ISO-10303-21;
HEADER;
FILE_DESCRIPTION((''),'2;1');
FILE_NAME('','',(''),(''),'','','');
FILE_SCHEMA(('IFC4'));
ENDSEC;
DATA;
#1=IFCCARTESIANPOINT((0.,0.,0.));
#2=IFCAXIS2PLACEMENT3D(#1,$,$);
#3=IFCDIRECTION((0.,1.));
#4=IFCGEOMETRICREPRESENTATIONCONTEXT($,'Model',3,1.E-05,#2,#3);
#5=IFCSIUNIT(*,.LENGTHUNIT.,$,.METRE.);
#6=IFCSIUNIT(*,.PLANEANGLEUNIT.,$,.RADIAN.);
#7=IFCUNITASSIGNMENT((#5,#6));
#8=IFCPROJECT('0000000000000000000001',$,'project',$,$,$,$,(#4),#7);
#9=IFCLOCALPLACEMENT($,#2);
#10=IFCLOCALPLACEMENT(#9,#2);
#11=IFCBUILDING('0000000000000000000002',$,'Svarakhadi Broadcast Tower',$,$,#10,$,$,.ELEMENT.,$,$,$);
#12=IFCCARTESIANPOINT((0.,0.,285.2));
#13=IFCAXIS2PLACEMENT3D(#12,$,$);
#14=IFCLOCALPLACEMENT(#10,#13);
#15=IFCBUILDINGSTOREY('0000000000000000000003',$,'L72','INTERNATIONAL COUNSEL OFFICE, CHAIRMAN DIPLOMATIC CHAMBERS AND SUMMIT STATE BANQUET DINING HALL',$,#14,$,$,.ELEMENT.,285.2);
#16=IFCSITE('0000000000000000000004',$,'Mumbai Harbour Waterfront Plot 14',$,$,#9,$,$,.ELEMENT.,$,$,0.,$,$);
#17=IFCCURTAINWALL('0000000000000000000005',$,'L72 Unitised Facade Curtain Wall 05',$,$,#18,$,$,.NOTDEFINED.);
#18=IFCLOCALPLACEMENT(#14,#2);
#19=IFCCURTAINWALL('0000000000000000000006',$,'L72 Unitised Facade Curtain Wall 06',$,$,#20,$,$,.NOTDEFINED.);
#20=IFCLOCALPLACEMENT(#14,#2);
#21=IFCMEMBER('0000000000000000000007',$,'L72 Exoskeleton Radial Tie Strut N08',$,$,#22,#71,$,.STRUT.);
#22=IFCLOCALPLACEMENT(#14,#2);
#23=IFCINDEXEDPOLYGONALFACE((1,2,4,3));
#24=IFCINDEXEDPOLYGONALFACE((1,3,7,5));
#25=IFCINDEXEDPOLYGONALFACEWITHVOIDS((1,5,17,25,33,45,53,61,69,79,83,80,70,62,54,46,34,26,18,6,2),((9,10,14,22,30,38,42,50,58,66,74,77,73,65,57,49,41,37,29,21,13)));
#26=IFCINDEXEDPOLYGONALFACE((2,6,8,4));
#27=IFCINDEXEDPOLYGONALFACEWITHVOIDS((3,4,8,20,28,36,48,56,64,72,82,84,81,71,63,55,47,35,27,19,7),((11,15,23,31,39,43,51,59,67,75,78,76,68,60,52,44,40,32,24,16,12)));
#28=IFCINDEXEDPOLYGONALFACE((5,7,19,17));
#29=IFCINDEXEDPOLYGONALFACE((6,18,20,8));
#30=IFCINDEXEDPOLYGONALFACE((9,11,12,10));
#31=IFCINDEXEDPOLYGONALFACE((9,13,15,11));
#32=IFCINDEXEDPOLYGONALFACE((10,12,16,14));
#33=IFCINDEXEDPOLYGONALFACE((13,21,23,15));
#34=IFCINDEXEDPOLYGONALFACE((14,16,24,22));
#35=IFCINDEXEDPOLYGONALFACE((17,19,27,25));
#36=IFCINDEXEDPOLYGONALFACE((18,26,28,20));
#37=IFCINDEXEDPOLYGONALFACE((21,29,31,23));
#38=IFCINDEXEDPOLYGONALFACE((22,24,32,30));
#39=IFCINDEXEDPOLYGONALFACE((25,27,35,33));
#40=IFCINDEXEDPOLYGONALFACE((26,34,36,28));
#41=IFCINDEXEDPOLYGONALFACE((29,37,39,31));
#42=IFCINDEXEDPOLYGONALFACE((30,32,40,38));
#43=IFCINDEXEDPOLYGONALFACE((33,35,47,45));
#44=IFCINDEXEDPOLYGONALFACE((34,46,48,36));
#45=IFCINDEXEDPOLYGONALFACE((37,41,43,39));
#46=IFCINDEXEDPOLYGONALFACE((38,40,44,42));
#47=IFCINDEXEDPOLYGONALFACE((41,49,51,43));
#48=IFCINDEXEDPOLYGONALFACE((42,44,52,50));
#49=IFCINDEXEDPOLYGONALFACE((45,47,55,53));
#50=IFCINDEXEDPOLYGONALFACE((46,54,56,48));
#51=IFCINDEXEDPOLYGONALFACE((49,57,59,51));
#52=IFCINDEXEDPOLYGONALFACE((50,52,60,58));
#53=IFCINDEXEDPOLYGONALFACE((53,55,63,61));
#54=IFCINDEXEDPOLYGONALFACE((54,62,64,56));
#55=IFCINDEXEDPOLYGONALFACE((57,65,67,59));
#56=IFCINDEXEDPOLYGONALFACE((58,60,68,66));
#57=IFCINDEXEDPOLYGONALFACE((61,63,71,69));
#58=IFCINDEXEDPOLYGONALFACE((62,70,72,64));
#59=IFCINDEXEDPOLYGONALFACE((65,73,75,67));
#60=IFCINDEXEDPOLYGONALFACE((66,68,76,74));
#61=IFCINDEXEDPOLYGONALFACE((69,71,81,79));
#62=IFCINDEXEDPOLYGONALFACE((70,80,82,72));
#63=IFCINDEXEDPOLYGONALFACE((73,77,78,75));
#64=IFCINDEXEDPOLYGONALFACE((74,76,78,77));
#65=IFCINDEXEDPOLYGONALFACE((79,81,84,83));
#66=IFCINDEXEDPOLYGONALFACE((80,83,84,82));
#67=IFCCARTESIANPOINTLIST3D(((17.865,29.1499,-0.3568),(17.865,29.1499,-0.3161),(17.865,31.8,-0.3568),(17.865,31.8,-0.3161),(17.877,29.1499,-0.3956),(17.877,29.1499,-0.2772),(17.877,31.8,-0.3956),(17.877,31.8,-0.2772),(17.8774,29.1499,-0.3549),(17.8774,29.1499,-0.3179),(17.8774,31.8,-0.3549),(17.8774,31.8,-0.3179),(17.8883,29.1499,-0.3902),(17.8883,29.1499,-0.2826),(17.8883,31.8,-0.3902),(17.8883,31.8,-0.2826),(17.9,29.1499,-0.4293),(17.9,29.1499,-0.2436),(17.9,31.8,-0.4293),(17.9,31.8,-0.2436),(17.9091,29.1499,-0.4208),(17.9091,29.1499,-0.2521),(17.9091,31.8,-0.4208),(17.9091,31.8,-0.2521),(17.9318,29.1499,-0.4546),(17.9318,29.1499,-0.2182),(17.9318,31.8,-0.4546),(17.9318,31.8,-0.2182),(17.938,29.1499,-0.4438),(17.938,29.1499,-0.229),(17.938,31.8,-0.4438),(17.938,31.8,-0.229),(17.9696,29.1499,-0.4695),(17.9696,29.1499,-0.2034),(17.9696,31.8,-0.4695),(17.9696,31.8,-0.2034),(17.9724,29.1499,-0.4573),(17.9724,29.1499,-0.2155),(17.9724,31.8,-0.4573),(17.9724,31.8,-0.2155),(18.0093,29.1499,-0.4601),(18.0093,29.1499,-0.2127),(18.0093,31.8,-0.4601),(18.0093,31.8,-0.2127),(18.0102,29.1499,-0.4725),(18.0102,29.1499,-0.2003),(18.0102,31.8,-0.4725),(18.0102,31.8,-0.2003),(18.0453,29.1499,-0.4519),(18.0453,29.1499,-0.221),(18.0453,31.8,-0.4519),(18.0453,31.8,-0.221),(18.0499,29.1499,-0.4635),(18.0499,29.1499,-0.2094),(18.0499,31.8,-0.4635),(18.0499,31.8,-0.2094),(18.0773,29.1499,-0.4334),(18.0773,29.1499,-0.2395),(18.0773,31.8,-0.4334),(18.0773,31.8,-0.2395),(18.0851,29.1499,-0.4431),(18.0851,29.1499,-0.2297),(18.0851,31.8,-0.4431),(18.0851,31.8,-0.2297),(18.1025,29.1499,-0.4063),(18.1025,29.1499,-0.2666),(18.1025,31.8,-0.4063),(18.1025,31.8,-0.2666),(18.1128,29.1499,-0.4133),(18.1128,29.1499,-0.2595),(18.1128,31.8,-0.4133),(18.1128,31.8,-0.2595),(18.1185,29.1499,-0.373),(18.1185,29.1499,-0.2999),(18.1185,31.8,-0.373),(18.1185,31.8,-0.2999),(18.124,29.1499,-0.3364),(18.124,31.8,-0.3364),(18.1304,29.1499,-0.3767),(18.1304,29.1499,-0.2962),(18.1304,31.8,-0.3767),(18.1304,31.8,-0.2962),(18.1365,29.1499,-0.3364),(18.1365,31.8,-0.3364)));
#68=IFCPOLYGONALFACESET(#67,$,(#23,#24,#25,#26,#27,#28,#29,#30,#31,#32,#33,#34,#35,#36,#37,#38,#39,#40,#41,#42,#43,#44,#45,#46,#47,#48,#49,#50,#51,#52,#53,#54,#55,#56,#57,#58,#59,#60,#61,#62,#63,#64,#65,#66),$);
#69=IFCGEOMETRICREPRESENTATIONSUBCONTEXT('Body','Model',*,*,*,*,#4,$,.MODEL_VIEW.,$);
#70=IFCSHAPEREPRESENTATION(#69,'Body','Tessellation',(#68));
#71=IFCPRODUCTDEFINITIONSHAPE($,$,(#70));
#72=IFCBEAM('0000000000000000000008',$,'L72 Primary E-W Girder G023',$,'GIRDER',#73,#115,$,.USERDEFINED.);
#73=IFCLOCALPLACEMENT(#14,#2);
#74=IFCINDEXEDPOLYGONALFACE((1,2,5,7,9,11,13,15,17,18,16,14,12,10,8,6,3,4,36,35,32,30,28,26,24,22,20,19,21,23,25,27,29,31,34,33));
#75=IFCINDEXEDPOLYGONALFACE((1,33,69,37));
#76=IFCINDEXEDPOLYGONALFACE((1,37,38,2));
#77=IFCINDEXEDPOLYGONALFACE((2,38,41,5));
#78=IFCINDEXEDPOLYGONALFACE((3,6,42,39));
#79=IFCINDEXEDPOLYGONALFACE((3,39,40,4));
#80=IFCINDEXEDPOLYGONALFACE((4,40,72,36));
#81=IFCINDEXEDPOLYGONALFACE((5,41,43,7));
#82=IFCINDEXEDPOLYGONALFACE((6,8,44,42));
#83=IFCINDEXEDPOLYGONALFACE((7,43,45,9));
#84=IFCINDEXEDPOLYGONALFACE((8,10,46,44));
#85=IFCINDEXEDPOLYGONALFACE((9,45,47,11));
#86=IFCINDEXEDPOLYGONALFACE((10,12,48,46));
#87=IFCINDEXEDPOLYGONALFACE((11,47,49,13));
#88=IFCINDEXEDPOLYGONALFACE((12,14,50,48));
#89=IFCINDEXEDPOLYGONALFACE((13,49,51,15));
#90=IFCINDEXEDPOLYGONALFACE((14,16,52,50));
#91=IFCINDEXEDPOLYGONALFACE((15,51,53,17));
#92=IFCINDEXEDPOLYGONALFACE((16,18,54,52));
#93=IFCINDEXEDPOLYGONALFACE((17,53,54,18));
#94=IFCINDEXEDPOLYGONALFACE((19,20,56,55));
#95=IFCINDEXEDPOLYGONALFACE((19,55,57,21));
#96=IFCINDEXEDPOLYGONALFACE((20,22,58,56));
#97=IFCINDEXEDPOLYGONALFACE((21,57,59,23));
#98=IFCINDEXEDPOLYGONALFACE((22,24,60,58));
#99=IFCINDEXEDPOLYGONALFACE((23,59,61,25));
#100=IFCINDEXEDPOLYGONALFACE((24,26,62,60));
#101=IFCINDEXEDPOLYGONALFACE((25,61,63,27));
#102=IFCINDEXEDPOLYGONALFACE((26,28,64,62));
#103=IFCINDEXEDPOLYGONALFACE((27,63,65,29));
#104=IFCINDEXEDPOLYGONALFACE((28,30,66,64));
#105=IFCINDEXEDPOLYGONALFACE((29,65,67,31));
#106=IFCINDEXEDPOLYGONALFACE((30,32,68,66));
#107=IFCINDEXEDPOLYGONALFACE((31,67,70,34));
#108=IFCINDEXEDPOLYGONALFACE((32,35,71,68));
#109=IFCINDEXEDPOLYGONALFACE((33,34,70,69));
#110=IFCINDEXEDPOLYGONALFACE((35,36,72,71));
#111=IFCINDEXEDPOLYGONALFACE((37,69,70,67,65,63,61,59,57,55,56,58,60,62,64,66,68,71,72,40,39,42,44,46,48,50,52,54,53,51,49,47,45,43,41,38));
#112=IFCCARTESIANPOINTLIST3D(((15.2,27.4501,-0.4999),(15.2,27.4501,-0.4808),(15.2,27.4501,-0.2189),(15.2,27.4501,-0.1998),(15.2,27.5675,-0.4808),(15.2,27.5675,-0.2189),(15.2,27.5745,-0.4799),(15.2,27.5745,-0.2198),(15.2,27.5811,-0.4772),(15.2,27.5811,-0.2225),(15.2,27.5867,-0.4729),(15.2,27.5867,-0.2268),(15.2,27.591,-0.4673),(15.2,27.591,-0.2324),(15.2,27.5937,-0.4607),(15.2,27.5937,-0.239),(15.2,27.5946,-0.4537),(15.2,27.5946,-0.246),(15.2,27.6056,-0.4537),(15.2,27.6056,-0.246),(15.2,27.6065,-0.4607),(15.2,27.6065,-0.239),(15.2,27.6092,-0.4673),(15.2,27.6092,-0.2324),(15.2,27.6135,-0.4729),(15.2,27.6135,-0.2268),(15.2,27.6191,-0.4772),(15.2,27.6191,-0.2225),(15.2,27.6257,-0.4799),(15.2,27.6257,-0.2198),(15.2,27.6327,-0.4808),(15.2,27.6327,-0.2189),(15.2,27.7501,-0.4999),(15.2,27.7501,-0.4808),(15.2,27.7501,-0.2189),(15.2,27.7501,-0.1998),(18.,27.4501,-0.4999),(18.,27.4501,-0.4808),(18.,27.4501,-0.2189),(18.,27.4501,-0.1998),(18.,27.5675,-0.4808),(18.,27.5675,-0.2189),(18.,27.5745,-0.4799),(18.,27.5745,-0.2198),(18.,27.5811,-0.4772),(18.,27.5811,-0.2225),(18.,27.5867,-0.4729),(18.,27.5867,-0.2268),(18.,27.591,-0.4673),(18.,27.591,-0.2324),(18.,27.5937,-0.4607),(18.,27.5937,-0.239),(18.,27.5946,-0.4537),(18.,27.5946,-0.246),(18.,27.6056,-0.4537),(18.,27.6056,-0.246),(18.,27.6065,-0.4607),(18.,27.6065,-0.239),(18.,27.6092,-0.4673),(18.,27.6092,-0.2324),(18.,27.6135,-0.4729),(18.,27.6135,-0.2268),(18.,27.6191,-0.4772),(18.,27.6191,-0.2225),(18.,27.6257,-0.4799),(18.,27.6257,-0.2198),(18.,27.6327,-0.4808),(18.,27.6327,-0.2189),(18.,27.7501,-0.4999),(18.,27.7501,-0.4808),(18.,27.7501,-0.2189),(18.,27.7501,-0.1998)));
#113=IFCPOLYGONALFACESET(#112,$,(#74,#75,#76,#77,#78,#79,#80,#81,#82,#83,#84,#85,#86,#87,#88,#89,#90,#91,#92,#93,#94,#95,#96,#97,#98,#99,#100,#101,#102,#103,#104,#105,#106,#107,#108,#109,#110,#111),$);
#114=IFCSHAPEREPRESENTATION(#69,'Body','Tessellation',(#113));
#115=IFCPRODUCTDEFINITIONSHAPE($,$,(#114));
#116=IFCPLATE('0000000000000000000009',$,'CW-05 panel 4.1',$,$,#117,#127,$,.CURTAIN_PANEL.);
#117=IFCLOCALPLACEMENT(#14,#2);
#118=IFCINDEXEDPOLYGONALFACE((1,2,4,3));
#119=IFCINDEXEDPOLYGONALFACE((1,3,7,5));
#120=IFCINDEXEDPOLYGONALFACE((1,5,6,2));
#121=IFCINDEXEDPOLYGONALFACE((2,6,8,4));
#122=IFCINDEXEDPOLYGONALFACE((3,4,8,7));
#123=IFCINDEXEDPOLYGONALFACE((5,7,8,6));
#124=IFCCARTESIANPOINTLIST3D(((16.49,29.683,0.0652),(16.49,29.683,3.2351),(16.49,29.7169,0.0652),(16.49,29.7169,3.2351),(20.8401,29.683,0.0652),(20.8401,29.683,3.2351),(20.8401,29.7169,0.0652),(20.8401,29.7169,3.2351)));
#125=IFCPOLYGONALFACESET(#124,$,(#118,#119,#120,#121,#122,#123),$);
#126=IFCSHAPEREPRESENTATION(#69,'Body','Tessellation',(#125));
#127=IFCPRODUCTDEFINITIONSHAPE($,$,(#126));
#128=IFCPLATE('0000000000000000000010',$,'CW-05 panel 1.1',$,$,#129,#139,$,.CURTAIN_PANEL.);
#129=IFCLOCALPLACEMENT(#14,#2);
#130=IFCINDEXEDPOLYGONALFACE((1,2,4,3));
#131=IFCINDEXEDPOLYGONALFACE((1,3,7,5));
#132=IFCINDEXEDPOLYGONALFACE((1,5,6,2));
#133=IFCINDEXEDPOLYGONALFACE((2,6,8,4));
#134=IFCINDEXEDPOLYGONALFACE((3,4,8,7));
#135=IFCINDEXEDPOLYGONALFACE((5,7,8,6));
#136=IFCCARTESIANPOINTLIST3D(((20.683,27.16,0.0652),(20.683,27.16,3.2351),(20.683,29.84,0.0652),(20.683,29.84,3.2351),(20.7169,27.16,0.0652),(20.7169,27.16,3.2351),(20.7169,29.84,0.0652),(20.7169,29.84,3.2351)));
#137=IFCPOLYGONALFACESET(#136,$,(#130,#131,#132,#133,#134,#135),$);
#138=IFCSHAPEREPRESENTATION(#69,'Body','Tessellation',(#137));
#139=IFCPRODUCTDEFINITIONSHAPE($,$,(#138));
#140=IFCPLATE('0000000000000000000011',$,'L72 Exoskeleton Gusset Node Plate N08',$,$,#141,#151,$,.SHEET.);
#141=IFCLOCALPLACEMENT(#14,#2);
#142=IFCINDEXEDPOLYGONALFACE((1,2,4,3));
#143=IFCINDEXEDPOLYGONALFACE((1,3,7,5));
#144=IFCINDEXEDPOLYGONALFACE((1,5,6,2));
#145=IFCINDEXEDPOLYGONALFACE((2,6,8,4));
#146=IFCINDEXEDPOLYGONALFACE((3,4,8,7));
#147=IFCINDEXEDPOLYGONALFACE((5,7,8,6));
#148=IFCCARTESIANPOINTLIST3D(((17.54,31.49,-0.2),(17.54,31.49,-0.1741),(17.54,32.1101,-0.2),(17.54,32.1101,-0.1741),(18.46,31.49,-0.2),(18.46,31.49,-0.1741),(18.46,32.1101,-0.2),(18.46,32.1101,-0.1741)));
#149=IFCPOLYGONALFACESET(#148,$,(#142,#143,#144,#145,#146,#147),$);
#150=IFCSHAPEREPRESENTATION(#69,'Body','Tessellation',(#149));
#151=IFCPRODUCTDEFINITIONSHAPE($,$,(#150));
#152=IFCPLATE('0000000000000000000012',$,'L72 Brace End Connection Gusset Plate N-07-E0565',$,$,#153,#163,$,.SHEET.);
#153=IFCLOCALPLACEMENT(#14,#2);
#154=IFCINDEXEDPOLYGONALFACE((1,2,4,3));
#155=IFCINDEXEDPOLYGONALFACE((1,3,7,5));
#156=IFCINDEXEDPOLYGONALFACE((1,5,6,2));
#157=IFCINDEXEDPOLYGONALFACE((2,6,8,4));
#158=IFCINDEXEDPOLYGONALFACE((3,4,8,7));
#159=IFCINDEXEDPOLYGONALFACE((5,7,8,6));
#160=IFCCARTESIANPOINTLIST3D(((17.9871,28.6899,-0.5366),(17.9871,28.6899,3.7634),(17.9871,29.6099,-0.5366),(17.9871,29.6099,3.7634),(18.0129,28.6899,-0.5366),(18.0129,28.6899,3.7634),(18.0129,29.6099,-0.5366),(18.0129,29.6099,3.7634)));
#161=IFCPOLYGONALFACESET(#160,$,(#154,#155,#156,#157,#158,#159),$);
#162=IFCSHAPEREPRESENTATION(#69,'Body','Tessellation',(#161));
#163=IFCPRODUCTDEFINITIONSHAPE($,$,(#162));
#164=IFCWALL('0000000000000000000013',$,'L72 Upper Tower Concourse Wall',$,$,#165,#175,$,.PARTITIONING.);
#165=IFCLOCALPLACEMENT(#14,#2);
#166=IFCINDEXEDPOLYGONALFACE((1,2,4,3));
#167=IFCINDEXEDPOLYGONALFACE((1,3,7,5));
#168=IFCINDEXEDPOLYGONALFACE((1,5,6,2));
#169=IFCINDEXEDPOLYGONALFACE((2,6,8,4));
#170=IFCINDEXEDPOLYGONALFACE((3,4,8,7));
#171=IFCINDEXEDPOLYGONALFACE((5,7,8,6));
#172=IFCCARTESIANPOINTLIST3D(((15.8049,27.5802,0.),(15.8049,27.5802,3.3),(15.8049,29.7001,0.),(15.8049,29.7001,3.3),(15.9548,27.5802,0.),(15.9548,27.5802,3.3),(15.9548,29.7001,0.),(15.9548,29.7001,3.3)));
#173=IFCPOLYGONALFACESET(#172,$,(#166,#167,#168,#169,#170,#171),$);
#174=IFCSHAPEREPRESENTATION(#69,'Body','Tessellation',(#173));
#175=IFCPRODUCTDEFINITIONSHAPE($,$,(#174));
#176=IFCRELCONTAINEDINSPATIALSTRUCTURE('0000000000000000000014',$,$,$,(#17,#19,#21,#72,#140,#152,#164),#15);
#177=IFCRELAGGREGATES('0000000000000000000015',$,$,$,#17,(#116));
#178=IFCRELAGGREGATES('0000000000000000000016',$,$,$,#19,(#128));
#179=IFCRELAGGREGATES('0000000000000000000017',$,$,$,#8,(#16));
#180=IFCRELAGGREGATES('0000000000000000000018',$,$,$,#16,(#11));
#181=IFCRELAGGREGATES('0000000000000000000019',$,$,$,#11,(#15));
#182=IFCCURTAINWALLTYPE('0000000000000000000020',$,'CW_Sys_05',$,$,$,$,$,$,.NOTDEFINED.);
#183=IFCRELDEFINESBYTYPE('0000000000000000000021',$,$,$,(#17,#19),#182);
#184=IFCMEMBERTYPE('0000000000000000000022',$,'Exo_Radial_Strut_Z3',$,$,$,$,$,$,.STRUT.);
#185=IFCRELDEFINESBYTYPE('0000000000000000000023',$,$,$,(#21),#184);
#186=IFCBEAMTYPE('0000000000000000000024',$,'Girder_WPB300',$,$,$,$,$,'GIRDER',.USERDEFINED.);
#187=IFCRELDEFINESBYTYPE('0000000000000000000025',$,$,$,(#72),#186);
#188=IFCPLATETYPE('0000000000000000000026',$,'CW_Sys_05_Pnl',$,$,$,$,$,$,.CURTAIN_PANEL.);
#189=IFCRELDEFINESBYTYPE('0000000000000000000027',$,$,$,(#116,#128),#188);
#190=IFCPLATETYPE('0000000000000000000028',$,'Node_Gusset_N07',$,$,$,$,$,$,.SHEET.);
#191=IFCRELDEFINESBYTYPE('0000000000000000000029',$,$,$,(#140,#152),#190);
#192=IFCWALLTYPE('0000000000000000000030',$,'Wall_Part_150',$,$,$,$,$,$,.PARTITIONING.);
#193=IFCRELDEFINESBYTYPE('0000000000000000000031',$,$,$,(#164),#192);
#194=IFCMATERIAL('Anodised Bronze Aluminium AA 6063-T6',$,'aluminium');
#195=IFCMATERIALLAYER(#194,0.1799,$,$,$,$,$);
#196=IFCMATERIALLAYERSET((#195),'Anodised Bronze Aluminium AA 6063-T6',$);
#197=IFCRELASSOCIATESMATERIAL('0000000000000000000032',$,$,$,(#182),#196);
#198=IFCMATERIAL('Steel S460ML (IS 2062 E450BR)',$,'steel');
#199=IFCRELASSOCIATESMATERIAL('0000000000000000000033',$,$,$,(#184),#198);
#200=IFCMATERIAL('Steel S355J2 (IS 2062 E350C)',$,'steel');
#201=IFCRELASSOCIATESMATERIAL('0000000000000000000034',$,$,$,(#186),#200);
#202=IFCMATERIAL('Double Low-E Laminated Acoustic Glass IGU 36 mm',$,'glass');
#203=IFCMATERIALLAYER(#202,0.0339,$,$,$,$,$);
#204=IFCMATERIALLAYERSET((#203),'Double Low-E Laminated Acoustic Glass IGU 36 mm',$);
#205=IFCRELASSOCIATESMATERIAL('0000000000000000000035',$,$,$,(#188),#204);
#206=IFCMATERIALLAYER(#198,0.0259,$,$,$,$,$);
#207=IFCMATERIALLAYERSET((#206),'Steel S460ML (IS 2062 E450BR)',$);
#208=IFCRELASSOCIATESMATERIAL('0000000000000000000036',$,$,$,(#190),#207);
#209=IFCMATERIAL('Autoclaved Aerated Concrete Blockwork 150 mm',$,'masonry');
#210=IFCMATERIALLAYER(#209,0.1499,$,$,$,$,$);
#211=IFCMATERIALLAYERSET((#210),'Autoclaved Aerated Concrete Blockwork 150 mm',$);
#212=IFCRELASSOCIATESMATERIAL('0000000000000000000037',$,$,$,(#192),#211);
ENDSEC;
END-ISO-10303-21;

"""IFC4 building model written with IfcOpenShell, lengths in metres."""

from ifc_helpers import new_model, si_unit, direction, frame, frame_2d, origin, origin_2d, place, context, subcontext, project, spatial, rectangle, hollow_circle, i_section, extrude, material, layer, layer_set, material_profile, profile_set, type_object, element, aggregate, save


model = new_model("IFC4")

# Units and contexts
model_context = context("Model", 3, precision=1e-05, world=origin(), true_north=direction((0.0, 1.0)))
body_context = subcontext(model_context, "Body", "Model", "MODEL_VIEW")
ifc_project = project(units=[si_unit("LENGTHUNIT", "METRE"), si_unit("PLANEANGLEUNIT", "RADIAN")], contexts=[model_context])

# Site, building, storey
site_placement = place(None, origin())
site = spatial("IfcSite", under=ifc_project, at=site_placement, Name="Mumbai Harbour Waterfront Plot 14", CompositionType="ELEMENT", RefElevation=0.0)
building_placement = place(site_placement, origin())
building = spatial("IfcBuilding", under=site, at=building_placement, Name="Svarakhadi Broadcast Tower", CompositionType="ELEMENT")
storey_placement = place(building_placement, frame((0.0, 0.0, 285.2)))
storey = spatial("IfcBuildingStorey", under=building, at=storey_placement, Name="L72", Description="INTERNATIONAL COUNSEL OFFICE, CHAIRMAN DIPLOMATIC CHAMBERS AND SUMMIT STATE BANQUET DINING HALL", CompositionType="ELEMENT", Elevation=285.2)

# Shared definitions
ifc_material_1 = material(Name="Steel S460ML (IS 2062 E450BR)", Category="steel")

# Curtain walls
ifc_material_2 = material(Name="Anodised Bronze Aluminium AA 6063-T6", Category="aluminium")
ifc_layer_1 = layer(ifc_material_2, 0.1799)
ifc_layer_set_1 = layer_set([ifc_layer_1], Name="Anodised Bronze Aluminium AA 6063-T6")
curtain_wall_type = type_object("IfcCurtainWallType", Name="CW_Sys_05", PredefinedType="NOTDEFINED", material=ifc_layer_set_1)
curtain_wall_1_placement = place(storey_placement, origin())
curtain_wall_1 = element("IfcCurtainWall", 1, at=curtain_wall_1_placement, inside=storey, type_object=curtain_wall_type, Name="L72 Unitised Facade Curtain Wall 05", PredefinedType="NOTDEFINED")
curtain_wall_2_placement = place(storey_placement, origin())
curtain_wall_2 = element("IfcCurtainWall", 2, at=curtain_wall_2_placement, inside=storey, type_object=curtain_wall_type, Name="L72 Unitised Facade Curtain Wall 06", PredefinedType="NOTDEFINED")

# Member
ifc_material_profile_1 = material_profile(ifc_material_1, hollow_circle(Radius=0.1365, WallThickness=0.0125, at=origin_2d()), Name="CHS 273x12.5")
ifc_profile_set_1 = profile_set([ifc_material_profile_1], Name="Steel S460ML (IS 2062 E450BR)")
member_type_1 = type_object("IfcMemberType", Name="Exo_Radial_Strut_Z3", PredefinedType="STRUT", material=ifc_profile_set_1)
member_1_placement = place(storey_placement, frame((18.0, 31.8, -0.3364), z_axis=(0.0, -1.0, 0.0), x_axis=(1.0, 0.0, 0.0)))
element("IfcMember", 3, at=member_1_placement, inside=storey, type_object=member_type_1, Name="L72 Exoskeleton Radial Tie Strut N08", PredefinedType="STRUT", context=body_context, shape_type="SweptSolid", body=[
    extrude(hollow_circle(Radius=0.1365, WallThickness=0.0125, at=origin_2d()), origin(), (0.0, 0.0, 1.0), 2.6501),
])

# Beam
ifc_material_3 = material(Name="Steel S355J2 (IS 2062 E350C)", Category="steel")
ifc_material_profile_2 = material_profile(ifc_material_3, i_section(OverallWidth=0.3, OverallDepth=0.3, WebThickness=0.011, FlangeThickness=0.019, FilletRadius=0.0271, at=origin_2d()), Name="WPB 300x300x117")
ifc_profile_set_2 = profile_set([ifc_material_profile_2], Name="Steel S355J2 (IS 2062 E350C)")
beam_type = type_object("IfcBeamType", Name="Girder_WPB300", ElementType="GIRDER", PredefinedType="USERDEFINED", material=ifc_profile_set_2)
beam_placement = place(storey_placement, frame((15.2, 27.6001, -0.3499), z_axis=(1.0, 0.0, 0.0), x_axis=(0.0, 1.0, 0.0)))
element("IfcBeam", 4, at=beam_placement, inside=storey, type_object=beam_type, Name="L72 Primary E-W Girder G023", ObjectType="GIRDER", PredefinedType="USERDEFINED", context=body_context, shape_type="SweptSolid", body=[
    extrude(i_section(OverallWidth=0.3, OverallDepth=0.3, WebThickness=0.011, FlangeThickness=0.019, FilletRadius=0.0271, at=origin_2d()), origin(), (0.0, 0.0, 1.0), 2.8),
])

# Plates
ifc_material_4 = material(Name="Double Low-E Laminated Acoustic Glass IGU 36 mm", Category="glass")
ifc_layer_2 = layer(ifc_material_4, 0.0339)
ifc_layer_set_2 = layer_set([ifc_layer_2], Name="Double Low-E Laminated Acoustic Glass IGU 36 mm")
plate_type_1 = type_object("IfcPlateType", Name="CW_Sys_05_Pnl", PredefinedType="CURTAIN_PANEL", material=ifc_layer_set_2)
plate_1_placement = place(storey_placement, frame((18.665, 29.7, 0.0652), z_axis=(0.0, 0.0, 1.0), x_axis=(1.0, 0.0, 0.0)))
plate_1 = element("IfcPlate", 5, at=plate_1_placement, type_object=plate_type_1, Name="CW-05 panel 4.1", PredefinedType="CURTAIN_PANEL", context=body_context, shape_type="SweptSolid", body=[
    extrude(rectangle(XDim=4.3501, YDim=0.0339, at=origin_2d()), origin(), (0.0, 0.0, 1.0), 3.1699),
])
aggregate(curtain_wall_1, [plate_1])
plate_2_placement = place(storey_placement, frame((20.7, 28.5, 0.0652), z_axis=(0.0, 0.0, 1.0), x_axis=(0.0, -1.0, 0.0)))
plate_2 = element("IfcPlate", 6, at=plate_2_placement, type_object=plate_type_1, Name="CW-05 panel 1.1", PredefinedType="CURTAIN_PANEL", context=body_context, shape_type="SweptSolid", body=[
    extrude(rectangle(XDim=2.6799, YDim=0.0339, at=origin_2d()), origin(), (0.0, 0.0, 1.0), 3.1699),
])
aggregate(curtain_wall_2, [plate_2])

# Plates
ifc_layer_3 = layer(ifc_material_1, 0.0259)
ifc_layer_set_3 = layer_set([ifc_layer_3], Name="Steel S460ML (IS 2062 E450BR)")
plate_type_2 = type_object("IfcPlateType", Name="Node_Gusset_N07", PredefinedType="SHEET", material=ifc_layer_set_3)
plate_3_placement = place(storey_placement, frame((18.0, 31.8, -0.2), z_axis=(0.0, 0.0, 1.0), x_axis=(1.0, 0.0, 0.0)))
element("IfcPlate", 7, at=plate_3_placement, inside=storey, type_object=plate_type_2, Name="L72 Exoskeleton Gusset Node Plate N08", PredefinedType="SHEET", context=body_context, shape_type="SweptSolid", body=[
    extrude(rectangle(XDim=0.9199, YDim=0.6201, at=origin_2d()), origin(), (0.0, 0.0, 1.0), 0.0259),
])
plate_4_placement = place(storey_placement, frame((18.0, 29.1499, -0.5366), z_axis=(0.0, 0.0, 1.0), x_axis=(0.0, 1.0, 0.0)))
element("IfcPlate", 8, at=plate_4_placement, inside=storey, type_object=plate_type_2, Name="L72 Brace End Connection Gusset Plate N-07-E0565", PredefinedType="SHEET", context=body_context, shape_type="SweptSolid", body=[
    extrude(rectangle(XDim=0.9199, YDim=0.0259, at=origin_2d()), origin(), (0.0, 0.0, 1.0), 4.3),
])

# Wall
ifc_material_5 = material(Name="Autoclaved Aerated Concrete Blockwork 150 mm", Category="masonry")
ifc_layer_4 = layer(ifc_material_5, 0.1499)
ifc_layer_set_4 = layer_set([ifc_layer_4], Name="Autoclaved Aerated Concrete Blockwork 150 mm")
wall_type = type_object("IfcWallType", Name="Wall_Part_150", PredefinedType="PARTITIONING", material=ifc_layer_set_4)
wall_1_placement = place(storey_placement, frame((15.8799, 27.5801, 0.0), z_axis=(0.0, 0.0, 1.0), x_axis=(0.0, 1.0, 0.0)))
element("IfcWall", 9, at=wall_1_placement, inside=storey, type_object=wall_type, Name="L72 Upper Tower Concourse Wall", PredefinedType="PARTITIONING", context=body_context, shape_type="SweptSolid", body=[
    extrude(rectangle(XDim=2.1199, YDim=0.1499, at=frame_2d((1.0601, 0.0))), origin(), (0.0, 0.0, 1.0), 3.3),
])

save(model, "model.ifc")
